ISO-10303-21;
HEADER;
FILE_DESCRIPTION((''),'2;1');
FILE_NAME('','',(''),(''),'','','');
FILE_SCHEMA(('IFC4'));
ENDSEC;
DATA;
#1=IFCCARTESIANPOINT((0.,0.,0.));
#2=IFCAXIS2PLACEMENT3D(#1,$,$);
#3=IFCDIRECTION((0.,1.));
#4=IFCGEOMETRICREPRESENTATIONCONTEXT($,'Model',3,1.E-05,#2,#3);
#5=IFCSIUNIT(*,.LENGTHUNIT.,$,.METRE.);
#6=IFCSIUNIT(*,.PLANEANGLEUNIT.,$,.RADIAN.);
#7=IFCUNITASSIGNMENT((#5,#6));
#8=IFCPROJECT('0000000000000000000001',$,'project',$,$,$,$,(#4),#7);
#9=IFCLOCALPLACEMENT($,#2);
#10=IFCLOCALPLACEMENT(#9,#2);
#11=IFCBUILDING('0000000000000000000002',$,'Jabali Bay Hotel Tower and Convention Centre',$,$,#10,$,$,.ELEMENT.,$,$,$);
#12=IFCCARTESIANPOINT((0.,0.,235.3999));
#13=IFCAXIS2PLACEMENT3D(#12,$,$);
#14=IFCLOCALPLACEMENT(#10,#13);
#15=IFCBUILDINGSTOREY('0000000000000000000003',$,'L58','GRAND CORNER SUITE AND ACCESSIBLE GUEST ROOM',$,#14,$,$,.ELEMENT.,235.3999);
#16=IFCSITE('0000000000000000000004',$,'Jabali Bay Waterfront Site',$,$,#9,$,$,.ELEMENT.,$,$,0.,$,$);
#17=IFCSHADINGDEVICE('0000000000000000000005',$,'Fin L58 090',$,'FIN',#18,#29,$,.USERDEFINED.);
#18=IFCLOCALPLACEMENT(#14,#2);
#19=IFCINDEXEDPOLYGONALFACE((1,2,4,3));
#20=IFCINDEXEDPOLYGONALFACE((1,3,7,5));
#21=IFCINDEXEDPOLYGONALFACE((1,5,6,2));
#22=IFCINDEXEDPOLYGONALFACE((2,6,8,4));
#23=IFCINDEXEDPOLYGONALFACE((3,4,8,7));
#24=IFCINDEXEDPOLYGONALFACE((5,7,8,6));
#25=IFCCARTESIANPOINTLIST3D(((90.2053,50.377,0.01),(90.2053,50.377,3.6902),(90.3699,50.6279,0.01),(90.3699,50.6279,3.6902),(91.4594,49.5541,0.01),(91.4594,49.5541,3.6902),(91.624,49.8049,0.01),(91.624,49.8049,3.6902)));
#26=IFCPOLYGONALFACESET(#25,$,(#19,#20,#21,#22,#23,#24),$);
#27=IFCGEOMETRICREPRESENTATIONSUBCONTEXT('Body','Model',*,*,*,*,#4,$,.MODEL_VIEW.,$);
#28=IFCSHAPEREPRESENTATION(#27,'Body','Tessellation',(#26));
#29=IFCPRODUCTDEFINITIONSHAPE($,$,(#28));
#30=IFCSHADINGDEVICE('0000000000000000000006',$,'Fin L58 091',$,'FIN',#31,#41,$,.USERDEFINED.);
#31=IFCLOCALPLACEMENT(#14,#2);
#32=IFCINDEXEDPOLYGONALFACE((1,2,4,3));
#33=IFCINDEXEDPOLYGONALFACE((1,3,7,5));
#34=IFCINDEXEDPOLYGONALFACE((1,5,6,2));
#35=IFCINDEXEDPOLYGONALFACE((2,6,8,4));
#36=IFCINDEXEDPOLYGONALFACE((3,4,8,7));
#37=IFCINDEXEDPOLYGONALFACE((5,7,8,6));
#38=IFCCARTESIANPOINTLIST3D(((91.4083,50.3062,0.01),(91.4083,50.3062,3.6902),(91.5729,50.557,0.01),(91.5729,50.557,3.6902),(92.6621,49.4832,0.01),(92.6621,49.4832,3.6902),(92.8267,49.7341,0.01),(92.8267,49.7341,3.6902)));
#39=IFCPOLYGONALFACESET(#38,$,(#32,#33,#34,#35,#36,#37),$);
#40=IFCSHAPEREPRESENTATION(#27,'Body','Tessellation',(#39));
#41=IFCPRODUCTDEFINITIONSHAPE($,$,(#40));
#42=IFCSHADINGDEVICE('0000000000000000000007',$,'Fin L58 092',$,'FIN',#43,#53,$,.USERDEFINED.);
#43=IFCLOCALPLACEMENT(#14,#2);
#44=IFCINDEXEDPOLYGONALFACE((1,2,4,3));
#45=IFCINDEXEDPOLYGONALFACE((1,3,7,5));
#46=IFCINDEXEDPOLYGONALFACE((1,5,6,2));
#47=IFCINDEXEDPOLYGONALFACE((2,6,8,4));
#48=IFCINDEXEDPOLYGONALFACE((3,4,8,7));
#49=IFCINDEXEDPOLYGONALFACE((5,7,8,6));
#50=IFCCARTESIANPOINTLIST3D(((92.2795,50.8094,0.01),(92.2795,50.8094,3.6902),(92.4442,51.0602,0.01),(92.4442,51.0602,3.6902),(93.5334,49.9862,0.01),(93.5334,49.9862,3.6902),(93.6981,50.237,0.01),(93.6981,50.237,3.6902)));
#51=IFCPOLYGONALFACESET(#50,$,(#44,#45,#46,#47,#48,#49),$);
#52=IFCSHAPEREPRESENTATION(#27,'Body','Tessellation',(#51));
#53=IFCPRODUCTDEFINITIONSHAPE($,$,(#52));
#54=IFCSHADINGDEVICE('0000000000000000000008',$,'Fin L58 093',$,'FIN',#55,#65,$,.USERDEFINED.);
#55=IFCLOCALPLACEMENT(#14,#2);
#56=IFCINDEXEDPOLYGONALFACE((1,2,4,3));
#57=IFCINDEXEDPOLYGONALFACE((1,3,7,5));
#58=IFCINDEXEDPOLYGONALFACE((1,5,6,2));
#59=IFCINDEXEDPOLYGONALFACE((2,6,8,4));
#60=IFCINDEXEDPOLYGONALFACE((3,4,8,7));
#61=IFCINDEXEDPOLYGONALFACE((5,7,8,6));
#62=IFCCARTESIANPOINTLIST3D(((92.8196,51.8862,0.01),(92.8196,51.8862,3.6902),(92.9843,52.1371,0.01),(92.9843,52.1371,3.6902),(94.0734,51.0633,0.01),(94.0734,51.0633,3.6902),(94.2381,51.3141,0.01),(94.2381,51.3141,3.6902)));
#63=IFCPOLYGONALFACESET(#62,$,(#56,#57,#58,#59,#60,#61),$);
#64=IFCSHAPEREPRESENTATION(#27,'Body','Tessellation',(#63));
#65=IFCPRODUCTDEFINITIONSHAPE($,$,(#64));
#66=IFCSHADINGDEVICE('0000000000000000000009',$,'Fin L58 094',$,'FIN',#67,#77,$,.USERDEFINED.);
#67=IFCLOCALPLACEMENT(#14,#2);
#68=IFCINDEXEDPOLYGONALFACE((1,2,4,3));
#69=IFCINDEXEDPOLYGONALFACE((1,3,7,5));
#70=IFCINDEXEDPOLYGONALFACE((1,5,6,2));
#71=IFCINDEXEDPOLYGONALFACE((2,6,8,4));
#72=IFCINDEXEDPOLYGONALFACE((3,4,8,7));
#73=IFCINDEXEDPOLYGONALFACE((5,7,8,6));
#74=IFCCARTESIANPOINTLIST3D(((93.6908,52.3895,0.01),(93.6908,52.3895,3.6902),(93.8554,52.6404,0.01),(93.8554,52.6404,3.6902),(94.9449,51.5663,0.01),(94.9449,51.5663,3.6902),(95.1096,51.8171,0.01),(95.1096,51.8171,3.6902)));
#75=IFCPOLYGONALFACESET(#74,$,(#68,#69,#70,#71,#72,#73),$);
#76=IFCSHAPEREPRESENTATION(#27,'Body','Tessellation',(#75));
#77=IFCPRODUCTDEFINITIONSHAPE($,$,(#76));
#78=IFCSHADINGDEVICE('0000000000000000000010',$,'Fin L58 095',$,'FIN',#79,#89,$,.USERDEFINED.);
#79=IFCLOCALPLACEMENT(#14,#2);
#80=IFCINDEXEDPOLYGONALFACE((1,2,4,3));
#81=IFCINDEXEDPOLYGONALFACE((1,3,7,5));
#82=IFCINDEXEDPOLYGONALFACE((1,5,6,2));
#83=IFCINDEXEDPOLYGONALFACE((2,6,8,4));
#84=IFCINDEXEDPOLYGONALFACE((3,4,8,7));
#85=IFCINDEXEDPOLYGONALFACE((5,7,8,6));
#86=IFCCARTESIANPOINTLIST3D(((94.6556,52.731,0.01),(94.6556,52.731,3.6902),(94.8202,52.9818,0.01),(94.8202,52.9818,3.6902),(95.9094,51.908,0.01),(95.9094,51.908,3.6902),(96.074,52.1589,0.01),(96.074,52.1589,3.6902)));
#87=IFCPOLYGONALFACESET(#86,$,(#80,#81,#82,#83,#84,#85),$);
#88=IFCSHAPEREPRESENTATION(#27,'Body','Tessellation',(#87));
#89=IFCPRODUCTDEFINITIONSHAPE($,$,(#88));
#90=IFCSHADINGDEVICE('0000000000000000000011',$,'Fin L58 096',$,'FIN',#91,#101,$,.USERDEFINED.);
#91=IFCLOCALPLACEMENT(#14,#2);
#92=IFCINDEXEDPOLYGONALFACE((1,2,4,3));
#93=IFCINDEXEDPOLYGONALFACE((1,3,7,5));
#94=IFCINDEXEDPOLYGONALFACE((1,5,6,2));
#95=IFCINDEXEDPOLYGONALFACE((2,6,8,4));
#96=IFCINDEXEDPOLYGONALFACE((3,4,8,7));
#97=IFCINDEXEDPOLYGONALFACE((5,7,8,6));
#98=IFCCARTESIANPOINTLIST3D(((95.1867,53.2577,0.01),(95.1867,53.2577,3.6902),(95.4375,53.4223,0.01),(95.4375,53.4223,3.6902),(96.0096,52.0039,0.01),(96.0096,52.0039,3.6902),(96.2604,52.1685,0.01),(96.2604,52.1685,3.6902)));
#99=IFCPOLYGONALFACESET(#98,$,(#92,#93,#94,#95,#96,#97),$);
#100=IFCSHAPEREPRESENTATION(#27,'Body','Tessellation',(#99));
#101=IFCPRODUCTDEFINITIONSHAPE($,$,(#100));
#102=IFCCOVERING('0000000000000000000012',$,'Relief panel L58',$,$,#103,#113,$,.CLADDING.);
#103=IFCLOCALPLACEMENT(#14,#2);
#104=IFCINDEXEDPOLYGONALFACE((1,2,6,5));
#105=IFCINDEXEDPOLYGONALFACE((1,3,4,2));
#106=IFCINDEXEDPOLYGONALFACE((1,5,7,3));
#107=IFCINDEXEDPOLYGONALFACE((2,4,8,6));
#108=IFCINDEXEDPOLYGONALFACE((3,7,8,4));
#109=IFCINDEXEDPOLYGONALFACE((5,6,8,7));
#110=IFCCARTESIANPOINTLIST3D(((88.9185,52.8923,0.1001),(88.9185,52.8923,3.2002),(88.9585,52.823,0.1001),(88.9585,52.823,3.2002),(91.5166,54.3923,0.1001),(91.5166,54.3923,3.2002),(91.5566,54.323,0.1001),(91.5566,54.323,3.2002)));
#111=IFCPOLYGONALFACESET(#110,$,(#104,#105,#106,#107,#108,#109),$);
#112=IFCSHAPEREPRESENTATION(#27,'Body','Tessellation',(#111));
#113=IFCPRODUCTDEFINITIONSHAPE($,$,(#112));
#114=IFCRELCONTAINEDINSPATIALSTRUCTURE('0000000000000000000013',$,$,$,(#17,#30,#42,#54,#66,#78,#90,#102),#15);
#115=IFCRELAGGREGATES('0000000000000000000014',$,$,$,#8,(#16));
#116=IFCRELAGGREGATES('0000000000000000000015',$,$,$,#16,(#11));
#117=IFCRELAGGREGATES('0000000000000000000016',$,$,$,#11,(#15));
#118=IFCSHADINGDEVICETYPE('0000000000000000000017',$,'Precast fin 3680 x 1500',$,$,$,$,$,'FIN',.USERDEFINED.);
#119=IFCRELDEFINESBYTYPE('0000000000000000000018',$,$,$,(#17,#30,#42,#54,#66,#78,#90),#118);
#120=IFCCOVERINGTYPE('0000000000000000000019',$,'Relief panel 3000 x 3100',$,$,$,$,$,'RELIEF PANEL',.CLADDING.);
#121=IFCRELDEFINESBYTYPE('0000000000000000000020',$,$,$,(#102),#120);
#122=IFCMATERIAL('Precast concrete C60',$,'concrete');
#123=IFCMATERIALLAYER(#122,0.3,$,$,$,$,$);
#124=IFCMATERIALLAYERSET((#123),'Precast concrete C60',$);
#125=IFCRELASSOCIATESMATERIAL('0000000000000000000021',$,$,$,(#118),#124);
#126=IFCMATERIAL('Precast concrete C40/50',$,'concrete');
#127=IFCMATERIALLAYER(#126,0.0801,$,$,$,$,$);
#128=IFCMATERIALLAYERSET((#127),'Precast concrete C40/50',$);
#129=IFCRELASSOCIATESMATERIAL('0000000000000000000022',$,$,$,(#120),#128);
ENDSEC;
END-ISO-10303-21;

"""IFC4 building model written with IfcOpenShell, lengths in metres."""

from ifc_helpers import new_model, si_unit, direction, frame, frame_2d, origin, origin_2d, place, context, subcontext, project, spatial, rectangle, extrude, material, layer, layer_set, type_object, element, save


model = new_model("IFC4")

# Units and contexts
model_context = context("Model", 3, precision=1e-05, world=origin(), true_north=direction((0.0, 1.0)))
body_context = subcontext(model_context, "Body", "Model", "MODEL_VIEW")
ifc_project = project(units=[si_unit("LENGTHUNIT", "METRE"), si_unit("PLANEANGLEUNIT", "RADIAN")], contexts=[model_context])

# Site, building, storey
site_placement = place(None, origin())
site = spatial("IfcSite", under=ifc_project, at=site_placement, Name="Jabali Bay Waterfront Site", CompositionType="ELEMENT", RefElevation=0.0)
building_placement = place(site_placement, origin())
building = spatial("IfcBuilding", under=site, at=building_placement, Name="Jabali Bay Hotel Tower and Convention Centre", CompositionType="ELEMENT")
storey_placement = place(building_placement, frame((0.0, 0.0, 235.3999)))
storey = spatial("IfcBuildingStorey", under=building, at=storey_placement, Name="L58", Description="GRAND CORNER SUITE AND ACCESSIBLE GUEST ROOM", CompositionType="ELEMENT", Elevation=235.3999)

# Shading devices
ifc_material_1 = material(Name="Precast concrete C60", Category="concrete")
ifc_layer_1 = layer(ifc_material_1, 0.3)
ifc_layer_set_1 = layer_set([ifc_layer_1], Name="Precast concrete C60")
shading_device_type = type_object("IfcShadingDeviceType", Name="Precast fin 3680 x 1500", ElementType="FIN", PredefinedType="USERDEFINED", material=ifc_layer_set_1)
for number, where, z_axis, x_axis, name in (
    (1, (90.2876, 50.5024, 0.01), (0.0, 0.0, 1.0), (0.83606, -0.548639, 0.0), "Fin L58 090"),
):
    element("IfcShadingDevice", number, at=place(storey_placement, frame(where, z_axis=z_axis, x_axis=x_axis)), inside=storey, type_object=shading_device_type, Name=name, ObjectType="FIN", PredefinedType="USERDEFINED", context=body_context, shape_type="SweptSolid", body=[
        extrude(rectangle(XDim=1.5, YDim=0.3, at=frame_2d((0.75, 0.0))), origin(), (0.0, 0.0, 1.0), 3.6802),
    ])
shading_device_1_placement = place(storey_placement, frame((91.4905, 50.4316, 0.01), z_axis=(0.0, 0.0, 1.0), x_axis=(0.836011, -0.548713, 0.0)))
element("IfcShadingDevice", 2, at=shading_device_1_placement, inside=storey, type_object=shading_device_type, Name="Fin L58 091", ObjectType="FIN", PredefinedType="USERDEFINED", context=body_context, shape_type="SweptSolid", body=[
    extrude(rectangle(XDim=1.4998, YDim=0.3, at=frame_2d((0.75, 0.0))), origin(), (0.0, 0.0, 1.0), 3.6802),
])
shading_device_2_placement = place(storey_placement, frame((92.3618, 50.9348, 0.01), z_axis=(0.0, 0.0, 1.0), x_axis=(0.835936, -0.548827, 0.0)))
element("IfcShadingDevice", 3, at=shading_device_2_placement, inside=storey, type_object=shading_device_type, Name="Fin L58 092", ObjectType="FIN", PredefinedType="USERDEFINED", context=body_context, shape_type="SweptSolid", body=[
    extrude(rectangle(XDim=1.5, YDim=0.3, at=frame_2d((0.75, 0.0))), origin(), (0.0, 0.0, 1.0), 3.6802),
])
shading_device_3_placement = place(storey_placement, frame((92.9019, 52.0117, 0.01), z_axis=(0.0, 0.0, 1.0), x_axis=(0.836011, -0.548713, 0.0)))
element("IfcShadingDevice", 4, at=shading_device_3_placement, inside=storey, type_object=shading_device_type, Name="Fin L58 093", ObjectType="FIN", PredefinedType="USERDEFINED", context=body_context, shape_type="SweptSolid", body=[
    extrude(rectangle(XDim=1.4998, YDim=0.3, at=frame_2d((0.75, 0.0))), origin(), (0.0, 0.0, 1.0), 3.6802),
])
shading_device_4_placement = place(storey_placement, frame((93.7732, 52.5149, 0.01), z_axis=(0.0, 0.0, 1.0), x_axis=(0.835985, -0.548752, 0.0)))
element("IfcShadingDevice", 5, at=shading_device_4_placement, inside=storey, type_object=shading_device_type, Name="Fin L58 094", ObjectType="FIN", PredefinedType="USERDEFINED", context=body_context, shape_type="SweptSolid", body=[
    extrude(rectangle(XDim=1.5002, YDim=0.3, at=frame_2d((0.75, 0.0))), origin(), (0.0, 0.0, 1.0), 3.6802),
])
for number, where, z_axis, x_axis, name in (
    (6, (94.7378, 52.8564, 0.01), (0.0, 0.0, 1.0), (0.836011, -0.548713, 0.0), "Fin L58 095"),
    (7, (95.312, 53.3401, 0.01), (0.0, 0.0, 1.0), (0.548713, -0.836011, 0.0), "Fin L58 096"),
):
    element("IfcShadingDevice", number, at=place(storey_placement, frame(where, z_axis=z_axis, x_axis=x_axis)), inside=storey, type_object=shading_device_type, Name=name, ObjectType="FIN", PredefinedType="USERDEFINED", context=body_context, shape_type="SweptSolid", body=[
        extrude(rectangle(XDim=1.4998, YDim=0.3, at=frame_2d((0.75, 0.0))), origin(), (0.0, 0.0, 1.0), 3.6802),
    ])

# Covering
ifc_material_2 = material(Name="Precast concrete C40/50", Category="concrete")
ifc_layer_2 = layer(ifc_material_2, 0.0801)
ifc_layer_set_2 = layer_set([ifc_layer_2], Name="Precast concrete C40/50")
covering_type = type_object("IfcCoveringType", Name="Relief panel 3000 x 3100", ElementType="RELIEF PANEL", PredefinedType="CLADDING", material=ifc_layer_set_2)
covering_placement = place(storey_placement, frame((90.2375, 53.6077, 0.1001), z_axis=(0.0, 0.0, 1.0), x_axis=(-0.866025, -0.5, 0.0)))
element("IfcCovering", 8, at=covering_placement, inside=storey, type_object=covering_type, Name="Relief panel L58", PredefinedType="CLADDING", context=body_context, shape_type="SweptSolid", body=[
    extrude(rectangle(XDim=3.0, YDim=0.0801, at=origin_2d()), origin(), (0.0, 0.0, 1.0), 3.1001),
])

save(model, "model.ifc")
